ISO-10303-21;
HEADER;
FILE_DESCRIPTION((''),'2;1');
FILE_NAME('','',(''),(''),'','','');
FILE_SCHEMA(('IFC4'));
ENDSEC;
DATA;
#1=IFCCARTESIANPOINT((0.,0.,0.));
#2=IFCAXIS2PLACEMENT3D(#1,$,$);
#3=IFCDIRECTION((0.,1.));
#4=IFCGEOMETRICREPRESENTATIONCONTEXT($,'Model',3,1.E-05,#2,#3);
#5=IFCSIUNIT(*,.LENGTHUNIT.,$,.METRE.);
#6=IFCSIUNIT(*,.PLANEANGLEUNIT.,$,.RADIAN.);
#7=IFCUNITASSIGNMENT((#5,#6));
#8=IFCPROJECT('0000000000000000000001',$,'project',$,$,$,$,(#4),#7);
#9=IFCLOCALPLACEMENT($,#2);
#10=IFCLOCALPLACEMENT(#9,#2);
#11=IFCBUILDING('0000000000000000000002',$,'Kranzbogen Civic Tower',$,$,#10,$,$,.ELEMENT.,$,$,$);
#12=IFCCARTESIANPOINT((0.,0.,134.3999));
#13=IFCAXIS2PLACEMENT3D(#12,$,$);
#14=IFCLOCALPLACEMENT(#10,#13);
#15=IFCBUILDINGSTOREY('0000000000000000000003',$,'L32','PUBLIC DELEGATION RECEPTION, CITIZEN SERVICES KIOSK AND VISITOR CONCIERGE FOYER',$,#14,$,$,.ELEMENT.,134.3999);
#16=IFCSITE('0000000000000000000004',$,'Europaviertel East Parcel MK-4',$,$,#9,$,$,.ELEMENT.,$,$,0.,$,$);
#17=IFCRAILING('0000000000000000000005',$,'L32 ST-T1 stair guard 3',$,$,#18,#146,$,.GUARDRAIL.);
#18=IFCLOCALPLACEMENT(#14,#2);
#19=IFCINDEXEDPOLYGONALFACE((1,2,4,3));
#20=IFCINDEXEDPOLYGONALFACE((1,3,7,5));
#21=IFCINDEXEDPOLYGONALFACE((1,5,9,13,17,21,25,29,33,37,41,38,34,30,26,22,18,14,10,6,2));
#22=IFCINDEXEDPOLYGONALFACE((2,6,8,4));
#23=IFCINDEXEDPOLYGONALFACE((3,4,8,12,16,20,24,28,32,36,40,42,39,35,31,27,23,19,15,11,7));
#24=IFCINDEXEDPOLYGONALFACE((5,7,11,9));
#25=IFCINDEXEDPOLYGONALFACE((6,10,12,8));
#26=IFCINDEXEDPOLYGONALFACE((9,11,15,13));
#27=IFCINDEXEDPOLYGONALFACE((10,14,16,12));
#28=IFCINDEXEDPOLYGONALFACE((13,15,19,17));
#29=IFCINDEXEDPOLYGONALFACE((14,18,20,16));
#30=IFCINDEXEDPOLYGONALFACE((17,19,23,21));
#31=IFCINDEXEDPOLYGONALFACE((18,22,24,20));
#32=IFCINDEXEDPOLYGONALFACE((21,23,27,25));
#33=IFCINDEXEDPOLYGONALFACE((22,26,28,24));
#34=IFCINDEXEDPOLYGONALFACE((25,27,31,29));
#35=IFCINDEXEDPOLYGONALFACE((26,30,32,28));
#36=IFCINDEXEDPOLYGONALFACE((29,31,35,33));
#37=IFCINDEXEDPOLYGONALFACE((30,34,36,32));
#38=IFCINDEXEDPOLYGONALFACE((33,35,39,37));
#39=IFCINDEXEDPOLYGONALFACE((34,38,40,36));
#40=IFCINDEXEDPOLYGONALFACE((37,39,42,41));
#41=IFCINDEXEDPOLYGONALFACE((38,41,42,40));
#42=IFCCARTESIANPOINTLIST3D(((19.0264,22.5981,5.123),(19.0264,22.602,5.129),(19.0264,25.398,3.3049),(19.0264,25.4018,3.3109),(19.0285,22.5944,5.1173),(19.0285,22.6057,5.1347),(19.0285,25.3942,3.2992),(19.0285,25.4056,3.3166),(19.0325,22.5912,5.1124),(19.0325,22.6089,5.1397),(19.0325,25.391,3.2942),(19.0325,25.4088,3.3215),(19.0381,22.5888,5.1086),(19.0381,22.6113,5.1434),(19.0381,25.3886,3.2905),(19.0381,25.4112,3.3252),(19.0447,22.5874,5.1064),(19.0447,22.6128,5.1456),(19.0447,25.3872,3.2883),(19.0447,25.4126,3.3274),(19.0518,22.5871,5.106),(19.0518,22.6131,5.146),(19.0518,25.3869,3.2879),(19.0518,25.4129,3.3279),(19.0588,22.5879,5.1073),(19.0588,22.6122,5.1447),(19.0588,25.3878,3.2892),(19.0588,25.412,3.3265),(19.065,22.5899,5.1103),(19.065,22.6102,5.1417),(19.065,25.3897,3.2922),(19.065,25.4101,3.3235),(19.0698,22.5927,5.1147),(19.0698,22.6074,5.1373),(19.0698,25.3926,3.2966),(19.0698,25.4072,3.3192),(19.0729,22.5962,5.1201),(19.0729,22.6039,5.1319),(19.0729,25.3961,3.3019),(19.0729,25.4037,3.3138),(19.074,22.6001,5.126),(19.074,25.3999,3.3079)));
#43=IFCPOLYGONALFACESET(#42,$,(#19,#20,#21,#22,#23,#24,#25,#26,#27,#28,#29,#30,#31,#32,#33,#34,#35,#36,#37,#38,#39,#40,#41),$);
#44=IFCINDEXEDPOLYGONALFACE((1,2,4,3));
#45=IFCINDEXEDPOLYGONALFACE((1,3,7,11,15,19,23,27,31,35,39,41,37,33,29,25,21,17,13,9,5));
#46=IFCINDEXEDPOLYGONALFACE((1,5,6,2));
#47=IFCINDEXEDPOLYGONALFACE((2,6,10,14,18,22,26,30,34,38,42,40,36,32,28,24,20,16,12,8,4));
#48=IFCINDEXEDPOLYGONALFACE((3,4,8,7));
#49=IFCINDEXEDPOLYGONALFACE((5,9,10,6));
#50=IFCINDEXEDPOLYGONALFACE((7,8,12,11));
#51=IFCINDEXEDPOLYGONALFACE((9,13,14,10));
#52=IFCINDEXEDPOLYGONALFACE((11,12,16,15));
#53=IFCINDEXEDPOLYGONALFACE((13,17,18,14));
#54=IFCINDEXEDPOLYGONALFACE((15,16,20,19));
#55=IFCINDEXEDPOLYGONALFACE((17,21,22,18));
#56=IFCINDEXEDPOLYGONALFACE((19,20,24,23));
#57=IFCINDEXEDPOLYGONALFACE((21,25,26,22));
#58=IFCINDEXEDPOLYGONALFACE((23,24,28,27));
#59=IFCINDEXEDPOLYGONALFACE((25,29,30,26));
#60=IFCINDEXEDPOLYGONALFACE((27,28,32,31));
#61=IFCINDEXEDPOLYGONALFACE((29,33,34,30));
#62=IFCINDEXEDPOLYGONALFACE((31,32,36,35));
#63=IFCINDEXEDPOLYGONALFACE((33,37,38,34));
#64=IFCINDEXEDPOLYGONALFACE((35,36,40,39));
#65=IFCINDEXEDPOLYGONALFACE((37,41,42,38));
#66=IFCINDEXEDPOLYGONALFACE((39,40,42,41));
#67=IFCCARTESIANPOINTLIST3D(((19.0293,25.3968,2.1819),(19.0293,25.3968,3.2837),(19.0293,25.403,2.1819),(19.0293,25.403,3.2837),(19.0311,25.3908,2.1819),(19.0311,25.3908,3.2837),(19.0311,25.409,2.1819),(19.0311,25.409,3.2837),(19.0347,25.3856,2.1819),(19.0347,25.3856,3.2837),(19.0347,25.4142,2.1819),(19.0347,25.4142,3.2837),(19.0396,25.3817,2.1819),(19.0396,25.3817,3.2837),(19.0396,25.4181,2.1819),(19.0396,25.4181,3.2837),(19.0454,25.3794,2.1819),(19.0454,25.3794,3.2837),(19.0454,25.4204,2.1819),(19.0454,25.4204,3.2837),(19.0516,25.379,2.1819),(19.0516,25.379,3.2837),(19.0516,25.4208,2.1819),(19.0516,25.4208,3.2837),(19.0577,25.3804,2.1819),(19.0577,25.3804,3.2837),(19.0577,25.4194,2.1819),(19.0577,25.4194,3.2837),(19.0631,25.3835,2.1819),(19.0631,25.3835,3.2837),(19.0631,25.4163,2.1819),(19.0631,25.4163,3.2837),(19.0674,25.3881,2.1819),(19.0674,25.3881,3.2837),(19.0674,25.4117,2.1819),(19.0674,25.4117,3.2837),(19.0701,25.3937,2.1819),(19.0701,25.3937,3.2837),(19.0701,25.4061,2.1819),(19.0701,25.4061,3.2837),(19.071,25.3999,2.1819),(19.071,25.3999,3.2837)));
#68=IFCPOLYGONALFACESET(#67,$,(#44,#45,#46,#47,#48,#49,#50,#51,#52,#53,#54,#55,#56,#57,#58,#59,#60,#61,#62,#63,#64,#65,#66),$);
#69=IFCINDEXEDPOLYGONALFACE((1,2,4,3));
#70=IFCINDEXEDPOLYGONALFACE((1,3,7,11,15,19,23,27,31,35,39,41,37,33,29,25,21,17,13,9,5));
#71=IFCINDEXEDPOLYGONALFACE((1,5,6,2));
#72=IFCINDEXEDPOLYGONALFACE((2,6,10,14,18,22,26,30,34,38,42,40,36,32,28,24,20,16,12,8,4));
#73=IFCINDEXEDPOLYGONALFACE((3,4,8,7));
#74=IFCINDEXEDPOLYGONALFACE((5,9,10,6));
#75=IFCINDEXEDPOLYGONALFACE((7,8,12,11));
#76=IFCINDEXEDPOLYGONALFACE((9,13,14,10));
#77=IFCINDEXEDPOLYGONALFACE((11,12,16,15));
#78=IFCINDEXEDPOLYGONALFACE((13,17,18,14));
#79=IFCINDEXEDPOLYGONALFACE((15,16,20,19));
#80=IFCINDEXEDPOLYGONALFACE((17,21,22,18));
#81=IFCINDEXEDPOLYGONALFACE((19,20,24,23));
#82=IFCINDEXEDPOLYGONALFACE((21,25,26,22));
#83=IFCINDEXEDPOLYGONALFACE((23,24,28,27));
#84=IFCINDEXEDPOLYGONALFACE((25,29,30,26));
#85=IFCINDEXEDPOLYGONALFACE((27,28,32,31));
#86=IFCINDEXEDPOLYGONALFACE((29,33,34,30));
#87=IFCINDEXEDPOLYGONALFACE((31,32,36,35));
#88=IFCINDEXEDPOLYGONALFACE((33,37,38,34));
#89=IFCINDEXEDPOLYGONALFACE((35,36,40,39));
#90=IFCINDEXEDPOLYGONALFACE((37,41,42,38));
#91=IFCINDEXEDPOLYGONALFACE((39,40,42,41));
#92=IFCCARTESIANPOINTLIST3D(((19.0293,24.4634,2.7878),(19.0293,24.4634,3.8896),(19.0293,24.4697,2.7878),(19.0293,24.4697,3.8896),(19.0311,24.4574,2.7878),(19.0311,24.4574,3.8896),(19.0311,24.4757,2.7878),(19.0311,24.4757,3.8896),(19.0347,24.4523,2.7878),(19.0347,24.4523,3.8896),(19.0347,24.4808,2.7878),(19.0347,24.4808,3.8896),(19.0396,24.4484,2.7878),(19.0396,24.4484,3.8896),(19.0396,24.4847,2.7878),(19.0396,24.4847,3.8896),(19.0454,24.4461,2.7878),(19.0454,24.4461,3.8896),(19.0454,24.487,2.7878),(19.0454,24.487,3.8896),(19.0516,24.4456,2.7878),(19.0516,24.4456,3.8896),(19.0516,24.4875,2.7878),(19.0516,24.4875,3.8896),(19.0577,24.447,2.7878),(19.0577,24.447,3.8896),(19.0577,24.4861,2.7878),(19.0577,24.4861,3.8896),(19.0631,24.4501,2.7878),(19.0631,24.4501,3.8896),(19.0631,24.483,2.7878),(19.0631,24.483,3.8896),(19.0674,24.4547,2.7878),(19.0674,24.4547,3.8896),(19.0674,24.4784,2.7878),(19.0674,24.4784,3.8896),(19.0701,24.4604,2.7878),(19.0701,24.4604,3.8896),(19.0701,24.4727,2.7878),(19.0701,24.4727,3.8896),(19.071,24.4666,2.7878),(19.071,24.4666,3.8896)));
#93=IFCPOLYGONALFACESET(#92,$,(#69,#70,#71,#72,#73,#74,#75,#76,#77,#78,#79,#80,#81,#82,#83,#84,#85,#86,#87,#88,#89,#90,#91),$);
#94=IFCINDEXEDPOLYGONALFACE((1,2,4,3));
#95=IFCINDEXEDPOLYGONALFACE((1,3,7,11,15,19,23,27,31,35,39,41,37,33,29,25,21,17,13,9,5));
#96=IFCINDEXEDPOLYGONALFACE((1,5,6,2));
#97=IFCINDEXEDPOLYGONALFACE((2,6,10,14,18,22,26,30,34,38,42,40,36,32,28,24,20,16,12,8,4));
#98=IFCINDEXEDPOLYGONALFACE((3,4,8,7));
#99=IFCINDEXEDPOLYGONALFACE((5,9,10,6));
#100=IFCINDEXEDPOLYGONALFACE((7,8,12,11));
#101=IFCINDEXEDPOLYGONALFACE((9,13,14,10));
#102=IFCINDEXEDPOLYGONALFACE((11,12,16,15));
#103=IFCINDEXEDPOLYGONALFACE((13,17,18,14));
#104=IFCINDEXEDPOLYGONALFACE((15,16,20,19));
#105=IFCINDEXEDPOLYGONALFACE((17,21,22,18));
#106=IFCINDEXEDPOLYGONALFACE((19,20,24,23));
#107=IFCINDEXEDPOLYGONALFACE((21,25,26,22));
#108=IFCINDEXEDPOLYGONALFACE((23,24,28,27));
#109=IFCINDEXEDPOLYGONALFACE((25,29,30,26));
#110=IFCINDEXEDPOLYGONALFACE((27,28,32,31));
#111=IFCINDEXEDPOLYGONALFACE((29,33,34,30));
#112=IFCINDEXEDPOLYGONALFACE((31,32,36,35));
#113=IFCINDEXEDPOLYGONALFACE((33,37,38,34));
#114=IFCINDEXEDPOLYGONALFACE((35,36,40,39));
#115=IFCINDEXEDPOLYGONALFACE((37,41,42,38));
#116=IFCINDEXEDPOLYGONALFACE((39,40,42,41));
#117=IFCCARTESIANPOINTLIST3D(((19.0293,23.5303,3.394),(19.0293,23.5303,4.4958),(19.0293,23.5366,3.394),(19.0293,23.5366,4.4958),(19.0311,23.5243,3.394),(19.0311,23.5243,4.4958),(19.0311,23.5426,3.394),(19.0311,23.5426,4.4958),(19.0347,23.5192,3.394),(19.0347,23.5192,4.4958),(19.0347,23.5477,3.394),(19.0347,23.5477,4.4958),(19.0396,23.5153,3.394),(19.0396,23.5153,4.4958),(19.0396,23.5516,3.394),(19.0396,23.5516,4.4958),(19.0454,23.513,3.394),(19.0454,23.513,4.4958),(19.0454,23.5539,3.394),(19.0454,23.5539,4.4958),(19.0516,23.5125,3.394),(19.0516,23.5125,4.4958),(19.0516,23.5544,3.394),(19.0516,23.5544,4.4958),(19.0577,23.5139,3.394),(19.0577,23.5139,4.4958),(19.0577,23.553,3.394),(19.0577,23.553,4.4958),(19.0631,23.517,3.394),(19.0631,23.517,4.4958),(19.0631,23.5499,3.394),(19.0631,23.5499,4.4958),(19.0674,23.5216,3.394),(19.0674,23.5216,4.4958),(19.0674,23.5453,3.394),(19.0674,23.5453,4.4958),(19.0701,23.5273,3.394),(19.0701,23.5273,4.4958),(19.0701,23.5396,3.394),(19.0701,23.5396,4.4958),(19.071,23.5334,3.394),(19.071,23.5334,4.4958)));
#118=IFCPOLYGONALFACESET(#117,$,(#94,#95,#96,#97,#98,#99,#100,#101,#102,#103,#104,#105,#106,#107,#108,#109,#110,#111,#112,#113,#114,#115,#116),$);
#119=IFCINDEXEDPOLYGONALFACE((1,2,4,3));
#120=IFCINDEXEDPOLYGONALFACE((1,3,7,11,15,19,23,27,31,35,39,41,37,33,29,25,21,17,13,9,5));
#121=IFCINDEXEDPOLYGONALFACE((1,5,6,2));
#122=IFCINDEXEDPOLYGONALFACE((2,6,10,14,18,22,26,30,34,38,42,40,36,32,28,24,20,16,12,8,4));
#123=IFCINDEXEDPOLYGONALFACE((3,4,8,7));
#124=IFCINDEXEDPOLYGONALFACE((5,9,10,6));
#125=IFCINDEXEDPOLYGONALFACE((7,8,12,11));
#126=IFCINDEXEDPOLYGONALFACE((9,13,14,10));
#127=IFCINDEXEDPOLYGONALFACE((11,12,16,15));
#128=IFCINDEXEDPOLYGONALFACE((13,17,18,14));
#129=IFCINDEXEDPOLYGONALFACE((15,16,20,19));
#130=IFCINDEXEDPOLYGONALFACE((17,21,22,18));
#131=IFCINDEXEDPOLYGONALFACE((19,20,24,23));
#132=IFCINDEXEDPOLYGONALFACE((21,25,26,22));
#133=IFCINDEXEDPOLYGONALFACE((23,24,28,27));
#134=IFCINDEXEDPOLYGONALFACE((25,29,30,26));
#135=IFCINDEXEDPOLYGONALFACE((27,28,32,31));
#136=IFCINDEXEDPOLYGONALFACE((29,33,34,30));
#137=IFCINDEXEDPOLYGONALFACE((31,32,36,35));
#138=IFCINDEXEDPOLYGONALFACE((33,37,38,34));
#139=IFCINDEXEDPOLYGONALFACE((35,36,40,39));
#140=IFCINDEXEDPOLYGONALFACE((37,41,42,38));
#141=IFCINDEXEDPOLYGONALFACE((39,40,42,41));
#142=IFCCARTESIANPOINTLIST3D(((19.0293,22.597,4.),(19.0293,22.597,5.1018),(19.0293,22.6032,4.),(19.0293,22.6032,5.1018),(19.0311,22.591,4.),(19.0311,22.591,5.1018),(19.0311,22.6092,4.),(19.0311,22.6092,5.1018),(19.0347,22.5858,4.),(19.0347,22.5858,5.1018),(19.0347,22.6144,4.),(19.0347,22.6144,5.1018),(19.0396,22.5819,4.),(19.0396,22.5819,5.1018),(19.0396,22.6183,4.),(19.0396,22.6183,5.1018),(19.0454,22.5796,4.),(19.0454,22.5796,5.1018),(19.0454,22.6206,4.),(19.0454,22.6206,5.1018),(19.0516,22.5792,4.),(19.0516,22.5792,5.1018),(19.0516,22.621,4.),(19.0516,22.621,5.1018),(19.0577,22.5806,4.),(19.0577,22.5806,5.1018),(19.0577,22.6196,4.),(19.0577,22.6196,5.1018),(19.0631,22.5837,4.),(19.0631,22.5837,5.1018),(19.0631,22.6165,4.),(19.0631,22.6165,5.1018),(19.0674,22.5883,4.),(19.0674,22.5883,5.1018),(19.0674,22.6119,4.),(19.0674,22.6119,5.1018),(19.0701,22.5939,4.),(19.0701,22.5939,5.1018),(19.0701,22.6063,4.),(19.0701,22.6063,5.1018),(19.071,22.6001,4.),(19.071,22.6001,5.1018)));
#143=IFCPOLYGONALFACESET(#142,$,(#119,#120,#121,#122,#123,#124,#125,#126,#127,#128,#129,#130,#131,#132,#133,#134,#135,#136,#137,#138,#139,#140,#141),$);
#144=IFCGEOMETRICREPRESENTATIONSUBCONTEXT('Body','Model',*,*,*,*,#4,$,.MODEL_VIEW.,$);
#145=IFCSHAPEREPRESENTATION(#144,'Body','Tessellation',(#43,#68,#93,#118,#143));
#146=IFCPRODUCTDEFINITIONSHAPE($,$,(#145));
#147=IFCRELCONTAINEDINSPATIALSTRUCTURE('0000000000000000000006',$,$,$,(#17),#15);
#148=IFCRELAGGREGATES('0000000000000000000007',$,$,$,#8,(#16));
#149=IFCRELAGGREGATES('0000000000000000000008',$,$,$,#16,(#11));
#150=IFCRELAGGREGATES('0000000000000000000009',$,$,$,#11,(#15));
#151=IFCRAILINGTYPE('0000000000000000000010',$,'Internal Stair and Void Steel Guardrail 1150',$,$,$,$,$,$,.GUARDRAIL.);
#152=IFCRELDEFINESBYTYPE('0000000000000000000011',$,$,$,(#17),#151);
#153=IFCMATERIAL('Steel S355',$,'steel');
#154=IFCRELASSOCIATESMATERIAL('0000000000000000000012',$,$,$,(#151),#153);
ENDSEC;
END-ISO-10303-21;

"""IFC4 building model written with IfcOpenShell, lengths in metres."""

from ifc_helpers import new_model, si_unit, direction, frame, origin, origin_2d, place, context, subcontext, project, spatial, circle, extrude, material, type_object, element, save


model = new_model("IFC4")

# Units and contexts
model_context = context("Model", 3, precision=1e-05, world=origin(), true_north=direction((0.0, 1.0)))
body_context = subcontext(model_context, "Body", "Model", "MODEL_VIEW")
ifc_project = project(units=[si_unit("LENGTHUNIT", "METRE"), si_unit("PLANEANGLEUNIT", "RADIAN")], contexts=[model_context])

# Site, building, storey
site_placement = place(None, origin())
site = spatial("IfcSite", under=ifc_project, at=site_placement, Name="Europaviertel East Parcel MK-4", CompositionType="ELEMENT", RefElevation=0.0)
building_placement = place(site_placement, origin())
building = spatial("IfcBuilding", under=site, at=building_placement, Name="Kranzbogen Civic Tower", CompositionType="ELEMENT")
storey_placement = place(building_placement, frame((0.0, 0.0, 134.3999)))
storey = spatial("IfcBuildingStorey", under=building, at=storey_placement, Name="L32", Description="PUBLIC DELEGATION RECEPTION, CITIZEN SERVICES KIOSK AND VISITOR CONCIERGE FOYER", CompositionType="ELEMENT", Elevation=134.3999)

# Shared definitions
ifc_material_1 = material(Name="Steel S355", Category="steel")

# Railing
railing_type_1 = type_object("IfcRailingType", Name="Internal Stair and Void Steel Guardrail 1150", PredefinedType="GUARDRAIL", material=ifc_material_1)
railing_1_placement = place(storey_placement, frame((19.05, 25.3999, 2.1819)))
element("IfcRailing", 1, at=railing_1_placement, inside=storey, type_object=railing_type_1, Name="L32 ST-T1 stair guard 3", PredefinedType="GUARDRAIL", context=body_context, shape_type="SweptSolid", body=[
    extrude(circle(Radius=0.0239, at=origin_2d()), frame((0.0, 0.0, 1.126), z_axis=(0.0, -0.838684, 0.544618), x_axis=(1.0, 0.0, 0.0)), (0.0, 0.0, 1.0), 3.3384),
    extrude(circle(Radius=0.021, at=origin_2d()), origin(), (0.0, 0.0, 1.0), 1.1018),
    extrude(circle(Radius=0.021, at=origin_2d()), frame((0.0, -0.9333, 0.606)), (0.0, 0.0, 1.0), 1.1018),
    extrude(circle(Radius=0.021, at=origin_2d()), frame((0.0, -1.8665, 1.2122)), (0.0, 0.0, 1.0), 1.1018),
    extrude(circle(Radius=0.021, at=origin_2d()), frame((0.0, -2.7998, 1.8181)), (0.0, 0.0, 1.0), 1.1018),
])

save(model, "model.ifc")
